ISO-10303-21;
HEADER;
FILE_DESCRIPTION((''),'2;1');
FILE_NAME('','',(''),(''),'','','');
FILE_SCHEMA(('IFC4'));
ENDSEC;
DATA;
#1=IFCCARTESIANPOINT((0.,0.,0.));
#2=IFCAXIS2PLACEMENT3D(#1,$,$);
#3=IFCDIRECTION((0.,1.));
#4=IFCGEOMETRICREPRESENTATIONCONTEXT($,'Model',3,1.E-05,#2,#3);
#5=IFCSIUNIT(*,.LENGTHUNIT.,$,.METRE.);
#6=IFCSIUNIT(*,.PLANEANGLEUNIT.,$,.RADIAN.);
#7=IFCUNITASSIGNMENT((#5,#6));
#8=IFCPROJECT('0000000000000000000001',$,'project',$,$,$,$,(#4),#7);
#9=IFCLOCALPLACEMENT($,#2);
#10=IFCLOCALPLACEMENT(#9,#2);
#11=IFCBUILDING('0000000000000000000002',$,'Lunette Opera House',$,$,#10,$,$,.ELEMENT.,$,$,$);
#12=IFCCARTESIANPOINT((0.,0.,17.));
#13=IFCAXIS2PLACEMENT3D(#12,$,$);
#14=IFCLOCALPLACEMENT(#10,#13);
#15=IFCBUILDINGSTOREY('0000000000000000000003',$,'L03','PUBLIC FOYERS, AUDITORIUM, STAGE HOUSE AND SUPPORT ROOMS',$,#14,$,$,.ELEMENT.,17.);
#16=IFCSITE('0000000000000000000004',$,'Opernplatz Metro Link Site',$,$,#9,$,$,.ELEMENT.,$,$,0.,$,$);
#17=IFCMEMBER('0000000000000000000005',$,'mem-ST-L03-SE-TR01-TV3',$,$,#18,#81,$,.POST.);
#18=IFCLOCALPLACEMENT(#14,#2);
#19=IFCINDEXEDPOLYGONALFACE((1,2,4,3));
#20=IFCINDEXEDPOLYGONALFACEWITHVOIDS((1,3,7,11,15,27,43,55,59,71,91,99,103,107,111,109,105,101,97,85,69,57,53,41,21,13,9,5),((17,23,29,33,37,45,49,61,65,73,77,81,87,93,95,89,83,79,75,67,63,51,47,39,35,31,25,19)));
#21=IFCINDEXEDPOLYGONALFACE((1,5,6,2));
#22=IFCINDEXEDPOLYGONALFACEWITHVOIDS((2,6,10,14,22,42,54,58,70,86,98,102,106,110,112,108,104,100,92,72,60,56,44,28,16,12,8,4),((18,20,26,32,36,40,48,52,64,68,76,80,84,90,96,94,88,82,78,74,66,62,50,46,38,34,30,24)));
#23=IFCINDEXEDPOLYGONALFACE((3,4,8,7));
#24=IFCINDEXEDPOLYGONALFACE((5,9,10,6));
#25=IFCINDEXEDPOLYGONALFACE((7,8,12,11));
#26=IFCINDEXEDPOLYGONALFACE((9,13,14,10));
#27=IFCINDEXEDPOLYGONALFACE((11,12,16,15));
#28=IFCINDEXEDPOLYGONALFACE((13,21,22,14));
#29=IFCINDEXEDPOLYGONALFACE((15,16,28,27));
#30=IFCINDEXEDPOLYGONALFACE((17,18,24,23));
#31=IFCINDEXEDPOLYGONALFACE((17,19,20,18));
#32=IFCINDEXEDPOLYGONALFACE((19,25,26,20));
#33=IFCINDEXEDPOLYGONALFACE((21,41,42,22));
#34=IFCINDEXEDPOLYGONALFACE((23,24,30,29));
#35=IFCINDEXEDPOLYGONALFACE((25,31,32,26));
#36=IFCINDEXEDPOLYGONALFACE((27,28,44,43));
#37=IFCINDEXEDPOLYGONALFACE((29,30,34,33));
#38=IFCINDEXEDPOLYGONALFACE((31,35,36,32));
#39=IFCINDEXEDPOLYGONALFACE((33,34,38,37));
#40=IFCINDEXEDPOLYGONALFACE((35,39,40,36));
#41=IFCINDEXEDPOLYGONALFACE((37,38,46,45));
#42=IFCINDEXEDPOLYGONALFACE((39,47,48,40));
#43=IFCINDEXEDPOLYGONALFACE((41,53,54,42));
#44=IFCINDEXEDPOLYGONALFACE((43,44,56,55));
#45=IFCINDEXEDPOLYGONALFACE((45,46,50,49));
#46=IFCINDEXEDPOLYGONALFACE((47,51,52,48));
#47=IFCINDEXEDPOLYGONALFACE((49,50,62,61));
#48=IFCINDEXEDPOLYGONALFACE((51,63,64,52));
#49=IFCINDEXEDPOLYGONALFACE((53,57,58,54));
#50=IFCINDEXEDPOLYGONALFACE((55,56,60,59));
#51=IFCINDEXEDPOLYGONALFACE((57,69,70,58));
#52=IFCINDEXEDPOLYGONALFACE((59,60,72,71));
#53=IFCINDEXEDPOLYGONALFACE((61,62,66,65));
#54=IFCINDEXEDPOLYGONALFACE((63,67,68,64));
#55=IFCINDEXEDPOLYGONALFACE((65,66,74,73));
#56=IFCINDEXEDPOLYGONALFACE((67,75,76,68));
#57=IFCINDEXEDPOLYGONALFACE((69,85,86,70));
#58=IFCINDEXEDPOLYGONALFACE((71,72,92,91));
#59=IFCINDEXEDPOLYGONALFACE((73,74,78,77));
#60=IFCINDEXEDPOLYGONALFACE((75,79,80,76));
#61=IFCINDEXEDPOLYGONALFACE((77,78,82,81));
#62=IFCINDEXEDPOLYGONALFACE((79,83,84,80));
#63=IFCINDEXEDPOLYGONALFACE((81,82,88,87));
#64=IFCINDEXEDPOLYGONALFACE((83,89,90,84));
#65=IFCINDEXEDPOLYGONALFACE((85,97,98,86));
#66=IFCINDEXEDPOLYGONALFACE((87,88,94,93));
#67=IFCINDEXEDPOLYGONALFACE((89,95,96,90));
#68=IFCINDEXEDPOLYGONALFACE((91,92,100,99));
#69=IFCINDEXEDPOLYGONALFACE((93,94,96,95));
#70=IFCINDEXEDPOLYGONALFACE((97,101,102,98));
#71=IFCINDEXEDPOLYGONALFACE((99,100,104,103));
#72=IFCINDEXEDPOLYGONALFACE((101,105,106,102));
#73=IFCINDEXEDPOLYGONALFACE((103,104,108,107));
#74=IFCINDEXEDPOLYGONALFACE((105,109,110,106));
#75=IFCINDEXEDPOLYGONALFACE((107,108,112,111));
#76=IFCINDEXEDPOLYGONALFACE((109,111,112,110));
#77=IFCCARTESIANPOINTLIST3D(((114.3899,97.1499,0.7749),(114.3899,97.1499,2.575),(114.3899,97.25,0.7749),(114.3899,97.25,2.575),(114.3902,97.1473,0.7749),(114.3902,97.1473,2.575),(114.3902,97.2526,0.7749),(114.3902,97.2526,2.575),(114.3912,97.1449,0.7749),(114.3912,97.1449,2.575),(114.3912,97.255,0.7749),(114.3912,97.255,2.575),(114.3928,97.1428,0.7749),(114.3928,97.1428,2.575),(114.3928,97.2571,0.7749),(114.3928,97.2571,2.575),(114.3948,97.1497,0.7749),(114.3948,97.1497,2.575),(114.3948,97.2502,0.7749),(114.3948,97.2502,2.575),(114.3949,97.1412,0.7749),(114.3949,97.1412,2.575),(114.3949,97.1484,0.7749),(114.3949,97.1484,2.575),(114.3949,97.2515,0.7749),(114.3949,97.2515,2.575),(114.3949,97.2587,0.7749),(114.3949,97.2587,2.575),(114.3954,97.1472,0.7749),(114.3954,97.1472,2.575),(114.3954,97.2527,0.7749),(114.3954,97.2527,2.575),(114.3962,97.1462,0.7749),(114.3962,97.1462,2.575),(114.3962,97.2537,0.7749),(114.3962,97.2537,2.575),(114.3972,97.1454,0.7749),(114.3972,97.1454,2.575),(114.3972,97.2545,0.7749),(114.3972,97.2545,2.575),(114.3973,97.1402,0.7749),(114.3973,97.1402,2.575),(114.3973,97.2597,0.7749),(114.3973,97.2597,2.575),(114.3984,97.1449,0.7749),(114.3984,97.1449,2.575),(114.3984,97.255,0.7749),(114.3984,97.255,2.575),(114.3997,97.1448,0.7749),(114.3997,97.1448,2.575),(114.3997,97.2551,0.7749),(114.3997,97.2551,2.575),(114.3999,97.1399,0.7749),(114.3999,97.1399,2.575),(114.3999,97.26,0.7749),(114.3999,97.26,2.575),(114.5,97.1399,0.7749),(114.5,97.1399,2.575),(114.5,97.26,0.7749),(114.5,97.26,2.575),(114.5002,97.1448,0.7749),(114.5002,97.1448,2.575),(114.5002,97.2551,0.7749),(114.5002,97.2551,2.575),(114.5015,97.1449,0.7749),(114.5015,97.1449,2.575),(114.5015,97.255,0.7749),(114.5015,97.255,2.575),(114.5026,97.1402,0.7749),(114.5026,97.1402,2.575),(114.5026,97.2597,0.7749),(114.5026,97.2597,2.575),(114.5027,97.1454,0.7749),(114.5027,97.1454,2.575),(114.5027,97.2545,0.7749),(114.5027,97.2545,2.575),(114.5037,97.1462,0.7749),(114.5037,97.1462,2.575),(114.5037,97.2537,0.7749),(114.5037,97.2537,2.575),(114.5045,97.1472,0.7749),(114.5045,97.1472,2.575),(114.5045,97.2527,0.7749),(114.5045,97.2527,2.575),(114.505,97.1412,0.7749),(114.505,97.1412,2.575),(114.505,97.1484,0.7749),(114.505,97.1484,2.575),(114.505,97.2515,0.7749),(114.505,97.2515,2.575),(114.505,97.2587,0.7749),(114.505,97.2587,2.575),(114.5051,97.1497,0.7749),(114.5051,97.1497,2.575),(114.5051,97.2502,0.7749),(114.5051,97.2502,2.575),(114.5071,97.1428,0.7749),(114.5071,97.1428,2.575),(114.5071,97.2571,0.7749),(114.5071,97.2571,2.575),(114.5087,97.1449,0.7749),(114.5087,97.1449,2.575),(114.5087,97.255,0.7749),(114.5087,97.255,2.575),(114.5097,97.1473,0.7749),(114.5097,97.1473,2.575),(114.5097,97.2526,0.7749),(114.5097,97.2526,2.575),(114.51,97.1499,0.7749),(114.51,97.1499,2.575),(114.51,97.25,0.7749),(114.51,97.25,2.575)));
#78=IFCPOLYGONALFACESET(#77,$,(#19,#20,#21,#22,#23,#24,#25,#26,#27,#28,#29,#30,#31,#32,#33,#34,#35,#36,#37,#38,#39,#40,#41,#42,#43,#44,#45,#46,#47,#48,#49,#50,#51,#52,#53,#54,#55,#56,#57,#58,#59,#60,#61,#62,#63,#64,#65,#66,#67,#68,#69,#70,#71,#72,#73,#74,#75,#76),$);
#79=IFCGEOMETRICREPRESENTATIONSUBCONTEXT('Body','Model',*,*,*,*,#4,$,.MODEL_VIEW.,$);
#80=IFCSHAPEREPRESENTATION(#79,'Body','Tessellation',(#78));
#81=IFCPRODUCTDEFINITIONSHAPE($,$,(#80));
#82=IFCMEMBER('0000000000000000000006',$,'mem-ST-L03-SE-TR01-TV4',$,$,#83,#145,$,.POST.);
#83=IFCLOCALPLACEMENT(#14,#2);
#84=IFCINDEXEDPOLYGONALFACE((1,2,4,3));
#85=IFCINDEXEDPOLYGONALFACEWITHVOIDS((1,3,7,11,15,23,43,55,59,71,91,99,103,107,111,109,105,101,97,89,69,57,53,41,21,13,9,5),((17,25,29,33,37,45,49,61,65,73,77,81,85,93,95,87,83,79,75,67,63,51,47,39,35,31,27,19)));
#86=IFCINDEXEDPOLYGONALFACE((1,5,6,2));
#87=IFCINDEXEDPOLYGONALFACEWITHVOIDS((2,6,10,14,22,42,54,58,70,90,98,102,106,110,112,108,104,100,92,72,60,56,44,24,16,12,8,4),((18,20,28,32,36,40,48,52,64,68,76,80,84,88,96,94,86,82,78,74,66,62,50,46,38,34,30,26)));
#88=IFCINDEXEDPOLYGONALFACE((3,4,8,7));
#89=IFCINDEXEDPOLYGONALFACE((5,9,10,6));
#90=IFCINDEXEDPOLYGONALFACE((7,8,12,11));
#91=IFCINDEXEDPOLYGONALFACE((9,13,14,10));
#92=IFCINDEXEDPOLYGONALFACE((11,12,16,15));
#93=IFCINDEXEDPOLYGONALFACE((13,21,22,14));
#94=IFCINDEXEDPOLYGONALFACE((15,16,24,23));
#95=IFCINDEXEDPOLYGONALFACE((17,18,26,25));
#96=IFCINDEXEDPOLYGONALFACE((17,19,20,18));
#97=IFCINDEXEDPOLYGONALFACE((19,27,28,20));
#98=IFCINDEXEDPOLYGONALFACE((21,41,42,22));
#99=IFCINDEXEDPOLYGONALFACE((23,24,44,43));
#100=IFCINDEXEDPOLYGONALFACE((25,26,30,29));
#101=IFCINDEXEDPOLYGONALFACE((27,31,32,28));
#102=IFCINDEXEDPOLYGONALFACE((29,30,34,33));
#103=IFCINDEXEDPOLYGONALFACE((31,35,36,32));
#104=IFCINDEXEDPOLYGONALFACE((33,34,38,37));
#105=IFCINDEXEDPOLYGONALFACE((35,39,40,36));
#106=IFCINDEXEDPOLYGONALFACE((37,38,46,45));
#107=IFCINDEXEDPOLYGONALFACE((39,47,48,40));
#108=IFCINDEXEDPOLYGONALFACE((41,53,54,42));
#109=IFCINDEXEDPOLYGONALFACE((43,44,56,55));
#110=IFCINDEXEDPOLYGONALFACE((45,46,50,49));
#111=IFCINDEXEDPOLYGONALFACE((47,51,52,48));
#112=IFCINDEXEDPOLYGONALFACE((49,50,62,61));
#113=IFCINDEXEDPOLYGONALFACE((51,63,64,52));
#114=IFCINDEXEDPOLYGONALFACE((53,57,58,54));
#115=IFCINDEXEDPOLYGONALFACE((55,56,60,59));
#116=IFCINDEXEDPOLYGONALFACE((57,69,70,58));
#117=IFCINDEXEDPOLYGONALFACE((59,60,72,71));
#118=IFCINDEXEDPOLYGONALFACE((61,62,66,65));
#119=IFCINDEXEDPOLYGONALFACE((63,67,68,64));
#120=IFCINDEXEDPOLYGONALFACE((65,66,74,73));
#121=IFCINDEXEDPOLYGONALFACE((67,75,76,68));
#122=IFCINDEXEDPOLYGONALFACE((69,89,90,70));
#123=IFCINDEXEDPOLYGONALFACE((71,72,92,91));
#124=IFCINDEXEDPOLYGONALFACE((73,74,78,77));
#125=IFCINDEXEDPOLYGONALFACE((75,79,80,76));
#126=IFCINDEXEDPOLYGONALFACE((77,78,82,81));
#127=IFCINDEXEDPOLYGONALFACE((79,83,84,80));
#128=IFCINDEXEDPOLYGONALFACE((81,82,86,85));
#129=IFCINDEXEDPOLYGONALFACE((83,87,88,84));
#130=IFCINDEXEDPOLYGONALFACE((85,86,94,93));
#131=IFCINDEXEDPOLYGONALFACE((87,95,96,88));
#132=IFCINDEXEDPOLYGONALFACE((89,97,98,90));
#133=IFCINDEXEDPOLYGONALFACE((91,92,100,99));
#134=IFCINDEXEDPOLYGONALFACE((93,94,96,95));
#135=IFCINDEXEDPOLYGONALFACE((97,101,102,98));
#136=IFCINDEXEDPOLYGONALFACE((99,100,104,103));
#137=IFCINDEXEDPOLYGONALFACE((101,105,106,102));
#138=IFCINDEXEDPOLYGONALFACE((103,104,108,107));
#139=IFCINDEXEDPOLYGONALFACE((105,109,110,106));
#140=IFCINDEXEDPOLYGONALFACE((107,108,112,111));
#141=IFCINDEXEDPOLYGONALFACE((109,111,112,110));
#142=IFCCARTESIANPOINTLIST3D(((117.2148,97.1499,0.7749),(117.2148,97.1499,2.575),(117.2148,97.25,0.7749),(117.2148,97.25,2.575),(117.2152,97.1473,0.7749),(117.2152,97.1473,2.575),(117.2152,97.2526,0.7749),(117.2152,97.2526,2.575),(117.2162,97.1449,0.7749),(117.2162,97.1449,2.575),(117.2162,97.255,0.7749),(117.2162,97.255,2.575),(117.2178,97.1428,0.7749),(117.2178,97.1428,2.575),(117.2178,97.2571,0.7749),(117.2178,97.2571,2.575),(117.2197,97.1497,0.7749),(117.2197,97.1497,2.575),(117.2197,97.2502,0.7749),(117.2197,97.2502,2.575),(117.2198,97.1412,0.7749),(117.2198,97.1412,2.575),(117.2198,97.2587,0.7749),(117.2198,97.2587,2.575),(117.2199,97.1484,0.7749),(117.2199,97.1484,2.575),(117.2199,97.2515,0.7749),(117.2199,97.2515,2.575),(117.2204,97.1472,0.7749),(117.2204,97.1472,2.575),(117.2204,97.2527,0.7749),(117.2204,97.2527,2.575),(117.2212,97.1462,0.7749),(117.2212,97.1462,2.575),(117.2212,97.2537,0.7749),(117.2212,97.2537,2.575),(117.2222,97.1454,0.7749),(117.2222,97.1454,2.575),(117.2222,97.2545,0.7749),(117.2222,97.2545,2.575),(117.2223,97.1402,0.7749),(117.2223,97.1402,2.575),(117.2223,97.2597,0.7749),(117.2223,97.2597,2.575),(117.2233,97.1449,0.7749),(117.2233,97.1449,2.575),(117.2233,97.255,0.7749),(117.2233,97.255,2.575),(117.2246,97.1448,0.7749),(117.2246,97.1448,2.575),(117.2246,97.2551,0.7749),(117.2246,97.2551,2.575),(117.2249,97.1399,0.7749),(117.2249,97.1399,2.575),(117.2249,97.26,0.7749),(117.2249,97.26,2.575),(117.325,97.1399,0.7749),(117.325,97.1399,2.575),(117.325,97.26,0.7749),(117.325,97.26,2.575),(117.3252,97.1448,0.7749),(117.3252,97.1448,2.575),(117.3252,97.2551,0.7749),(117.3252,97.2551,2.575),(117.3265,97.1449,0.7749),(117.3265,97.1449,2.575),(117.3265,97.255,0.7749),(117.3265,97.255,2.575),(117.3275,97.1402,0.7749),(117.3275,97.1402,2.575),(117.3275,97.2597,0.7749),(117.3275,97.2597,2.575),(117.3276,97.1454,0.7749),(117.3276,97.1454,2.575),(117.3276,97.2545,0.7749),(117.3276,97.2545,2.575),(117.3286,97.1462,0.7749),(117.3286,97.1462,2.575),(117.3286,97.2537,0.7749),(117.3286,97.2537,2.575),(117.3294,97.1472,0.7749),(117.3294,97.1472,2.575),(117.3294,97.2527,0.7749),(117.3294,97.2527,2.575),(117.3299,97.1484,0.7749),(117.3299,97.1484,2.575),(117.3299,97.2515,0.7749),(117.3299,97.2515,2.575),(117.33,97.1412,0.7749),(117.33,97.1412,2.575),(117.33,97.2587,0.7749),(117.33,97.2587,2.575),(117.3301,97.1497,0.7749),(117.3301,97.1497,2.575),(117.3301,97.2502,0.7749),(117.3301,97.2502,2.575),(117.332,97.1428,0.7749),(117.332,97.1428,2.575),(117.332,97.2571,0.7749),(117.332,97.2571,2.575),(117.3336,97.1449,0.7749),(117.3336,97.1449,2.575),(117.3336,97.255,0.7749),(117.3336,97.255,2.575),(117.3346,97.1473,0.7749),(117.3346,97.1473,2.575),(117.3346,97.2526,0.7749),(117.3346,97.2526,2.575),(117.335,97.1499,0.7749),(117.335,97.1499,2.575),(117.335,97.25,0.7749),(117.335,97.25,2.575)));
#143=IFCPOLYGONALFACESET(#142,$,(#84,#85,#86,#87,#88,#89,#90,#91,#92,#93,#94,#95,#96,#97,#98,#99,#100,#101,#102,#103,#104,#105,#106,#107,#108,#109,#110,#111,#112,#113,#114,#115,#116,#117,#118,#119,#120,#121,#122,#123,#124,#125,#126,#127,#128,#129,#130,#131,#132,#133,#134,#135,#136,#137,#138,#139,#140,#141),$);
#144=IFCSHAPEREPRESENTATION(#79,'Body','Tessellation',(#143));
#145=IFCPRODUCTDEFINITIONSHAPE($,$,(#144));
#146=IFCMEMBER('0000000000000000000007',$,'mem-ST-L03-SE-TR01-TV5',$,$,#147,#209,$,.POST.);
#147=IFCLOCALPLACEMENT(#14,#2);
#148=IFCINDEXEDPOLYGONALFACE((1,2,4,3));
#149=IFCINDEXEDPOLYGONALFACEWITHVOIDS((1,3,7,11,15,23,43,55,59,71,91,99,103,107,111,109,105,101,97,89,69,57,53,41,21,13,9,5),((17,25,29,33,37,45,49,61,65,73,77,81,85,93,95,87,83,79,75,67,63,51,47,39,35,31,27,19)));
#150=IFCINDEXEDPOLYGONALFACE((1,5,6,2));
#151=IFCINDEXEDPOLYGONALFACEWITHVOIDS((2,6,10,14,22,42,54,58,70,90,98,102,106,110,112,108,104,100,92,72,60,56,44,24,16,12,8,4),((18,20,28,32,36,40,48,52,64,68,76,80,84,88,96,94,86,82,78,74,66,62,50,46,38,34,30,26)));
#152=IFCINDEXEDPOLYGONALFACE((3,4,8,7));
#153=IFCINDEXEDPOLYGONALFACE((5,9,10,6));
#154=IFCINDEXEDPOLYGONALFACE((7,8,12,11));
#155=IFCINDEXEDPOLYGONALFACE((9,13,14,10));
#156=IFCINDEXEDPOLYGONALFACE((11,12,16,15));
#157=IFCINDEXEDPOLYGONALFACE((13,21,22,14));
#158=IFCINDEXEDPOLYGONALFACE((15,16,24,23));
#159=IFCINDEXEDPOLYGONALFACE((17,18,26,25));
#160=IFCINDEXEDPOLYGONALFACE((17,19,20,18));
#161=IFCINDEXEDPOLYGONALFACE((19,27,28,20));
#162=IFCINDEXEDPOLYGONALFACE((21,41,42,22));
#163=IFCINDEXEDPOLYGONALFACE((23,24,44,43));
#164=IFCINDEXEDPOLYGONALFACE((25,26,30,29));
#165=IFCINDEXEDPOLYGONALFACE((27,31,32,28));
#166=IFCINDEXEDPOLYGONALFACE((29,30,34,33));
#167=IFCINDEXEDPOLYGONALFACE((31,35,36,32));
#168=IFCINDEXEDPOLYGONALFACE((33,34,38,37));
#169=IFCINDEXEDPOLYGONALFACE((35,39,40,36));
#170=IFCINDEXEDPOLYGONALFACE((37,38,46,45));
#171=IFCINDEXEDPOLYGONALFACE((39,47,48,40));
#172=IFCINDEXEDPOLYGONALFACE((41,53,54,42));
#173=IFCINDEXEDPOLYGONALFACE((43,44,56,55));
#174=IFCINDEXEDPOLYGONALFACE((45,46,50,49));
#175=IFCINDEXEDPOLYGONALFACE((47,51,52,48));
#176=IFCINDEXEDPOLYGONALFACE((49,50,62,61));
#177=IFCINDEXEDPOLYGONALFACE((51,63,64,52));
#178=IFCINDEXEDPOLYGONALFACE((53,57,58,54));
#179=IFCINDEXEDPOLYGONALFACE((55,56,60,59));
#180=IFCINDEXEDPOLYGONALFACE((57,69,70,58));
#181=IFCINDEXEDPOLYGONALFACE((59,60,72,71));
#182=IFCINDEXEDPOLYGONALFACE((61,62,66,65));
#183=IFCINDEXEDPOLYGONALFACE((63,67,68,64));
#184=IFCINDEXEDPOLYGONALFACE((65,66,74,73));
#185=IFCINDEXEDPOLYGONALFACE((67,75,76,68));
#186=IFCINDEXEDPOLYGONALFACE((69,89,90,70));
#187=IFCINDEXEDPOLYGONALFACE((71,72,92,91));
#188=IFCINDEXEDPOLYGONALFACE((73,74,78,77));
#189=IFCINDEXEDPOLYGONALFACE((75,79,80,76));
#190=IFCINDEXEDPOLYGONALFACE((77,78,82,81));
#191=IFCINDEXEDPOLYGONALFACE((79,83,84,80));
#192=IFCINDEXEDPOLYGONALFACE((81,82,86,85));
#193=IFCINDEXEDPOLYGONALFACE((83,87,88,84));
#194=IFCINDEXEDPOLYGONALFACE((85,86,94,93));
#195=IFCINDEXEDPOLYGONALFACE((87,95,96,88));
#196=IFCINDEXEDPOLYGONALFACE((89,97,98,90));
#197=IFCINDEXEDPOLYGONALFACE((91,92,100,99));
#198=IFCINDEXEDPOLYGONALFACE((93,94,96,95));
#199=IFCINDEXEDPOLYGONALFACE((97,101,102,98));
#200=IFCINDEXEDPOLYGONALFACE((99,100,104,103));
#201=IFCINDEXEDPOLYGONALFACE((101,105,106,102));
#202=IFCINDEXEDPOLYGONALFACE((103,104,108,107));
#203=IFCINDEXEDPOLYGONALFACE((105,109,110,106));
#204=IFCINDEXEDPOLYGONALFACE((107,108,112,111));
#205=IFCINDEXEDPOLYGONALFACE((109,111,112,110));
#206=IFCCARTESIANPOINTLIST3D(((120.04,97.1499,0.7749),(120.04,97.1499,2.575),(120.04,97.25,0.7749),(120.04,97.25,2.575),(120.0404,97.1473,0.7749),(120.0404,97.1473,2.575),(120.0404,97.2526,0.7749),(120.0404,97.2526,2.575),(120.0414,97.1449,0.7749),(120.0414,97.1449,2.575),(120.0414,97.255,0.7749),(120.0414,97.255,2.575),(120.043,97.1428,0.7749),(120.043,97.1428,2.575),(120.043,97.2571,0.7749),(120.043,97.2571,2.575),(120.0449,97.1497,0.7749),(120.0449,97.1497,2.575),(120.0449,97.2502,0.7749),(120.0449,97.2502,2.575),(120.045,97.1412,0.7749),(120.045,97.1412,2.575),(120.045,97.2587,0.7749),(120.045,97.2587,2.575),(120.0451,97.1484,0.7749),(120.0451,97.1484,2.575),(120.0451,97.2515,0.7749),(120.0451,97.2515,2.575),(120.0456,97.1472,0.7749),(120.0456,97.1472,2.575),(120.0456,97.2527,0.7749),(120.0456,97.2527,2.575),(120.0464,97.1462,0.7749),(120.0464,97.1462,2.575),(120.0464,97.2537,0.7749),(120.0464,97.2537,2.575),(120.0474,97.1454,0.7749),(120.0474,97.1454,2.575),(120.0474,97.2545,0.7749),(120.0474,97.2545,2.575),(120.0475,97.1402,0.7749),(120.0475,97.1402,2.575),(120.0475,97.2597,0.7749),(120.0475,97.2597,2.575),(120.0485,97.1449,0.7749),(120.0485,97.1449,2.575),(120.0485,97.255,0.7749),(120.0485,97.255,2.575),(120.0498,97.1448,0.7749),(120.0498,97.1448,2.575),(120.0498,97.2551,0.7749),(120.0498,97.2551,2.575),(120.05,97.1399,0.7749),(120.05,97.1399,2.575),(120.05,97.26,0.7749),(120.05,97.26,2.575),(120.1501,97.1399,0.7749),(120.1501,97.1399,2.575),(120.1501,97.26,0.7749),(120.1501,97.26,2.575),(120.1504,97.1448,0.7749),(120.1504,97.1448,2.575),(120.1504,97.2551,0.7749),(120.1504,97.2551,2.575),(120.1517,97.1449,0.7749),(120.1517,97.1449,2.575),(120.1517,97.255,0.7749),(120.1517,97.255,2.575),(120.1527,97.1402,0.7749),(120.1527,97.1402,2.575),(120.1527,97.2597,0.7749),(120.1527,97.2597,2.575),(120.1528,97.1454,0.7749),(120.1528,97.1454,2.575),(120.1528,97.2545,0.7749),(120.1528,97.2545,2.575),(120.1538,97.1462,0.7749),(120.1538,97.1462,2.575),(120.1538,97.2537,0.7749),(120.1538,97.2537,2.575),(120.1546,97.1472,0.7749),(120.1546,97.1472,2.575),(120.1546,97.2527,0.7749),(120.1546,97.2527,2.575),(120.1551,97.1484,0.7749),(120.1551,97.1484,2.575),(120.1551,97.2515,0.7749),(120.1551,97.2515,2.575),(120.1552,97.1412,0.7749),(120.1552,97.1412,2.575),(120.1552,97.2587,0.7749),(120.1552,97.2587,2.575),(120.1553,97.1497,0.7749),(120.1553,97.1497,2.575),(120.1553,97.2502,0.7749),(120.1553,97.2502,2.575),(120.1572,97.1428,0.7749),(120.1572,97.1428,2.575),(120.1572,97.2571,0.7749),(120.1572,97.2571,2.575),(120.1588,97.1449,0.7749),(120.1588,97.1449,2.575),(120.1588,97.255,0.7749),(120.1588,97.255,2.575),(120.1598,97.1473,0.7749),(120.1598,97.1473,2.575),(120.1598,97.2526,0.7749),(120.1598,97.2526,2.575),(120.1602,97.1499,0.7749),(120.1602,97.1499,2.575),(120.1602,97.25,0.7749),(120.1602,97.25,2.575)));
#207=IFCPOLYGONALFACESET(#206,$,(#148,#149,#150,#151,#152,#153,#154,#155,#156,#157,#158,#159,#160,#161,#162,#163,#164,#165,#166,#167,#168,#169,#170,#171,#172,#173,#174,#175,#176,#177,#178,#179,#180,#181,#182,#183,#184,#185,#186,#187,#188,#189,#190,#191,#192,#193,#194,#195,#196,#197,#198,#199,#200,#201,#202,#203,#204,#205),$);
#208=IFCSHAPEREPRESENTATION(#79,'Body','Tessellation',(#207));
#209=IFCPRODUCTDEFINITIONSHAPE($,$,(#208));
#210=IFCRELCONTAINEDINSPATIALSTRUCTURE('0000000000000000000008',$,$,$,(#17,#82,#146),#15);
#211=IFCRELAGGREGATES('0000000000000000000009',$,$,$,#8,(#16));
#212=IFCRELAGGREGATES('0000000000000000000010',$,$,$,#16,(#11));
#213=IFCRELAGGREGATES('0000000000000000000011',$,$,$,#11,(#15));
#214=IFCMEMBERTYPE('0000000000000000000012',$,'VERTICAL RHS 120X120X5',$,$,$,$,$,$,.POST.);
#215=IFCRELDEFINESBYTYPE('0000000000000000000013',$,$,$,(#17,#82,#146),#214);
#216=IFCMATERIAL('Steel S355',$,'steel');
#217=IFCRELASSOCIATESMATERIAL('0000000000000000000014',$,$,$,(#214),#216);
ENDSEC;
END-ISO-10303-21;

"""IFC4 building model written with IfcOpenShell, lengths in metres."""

from ifc_helpers import new_model, si_unit, direction, frame, origin, origin_2d, place, context, subcontext, project, spatial, hollow_rectangle, extrude, material, material_profile, profile_set, type_object, element, save


model = new_model("IFC4")

# Units and contexts
model_context = context("Model", 3, precision=1e-05, world=origin(), true_north=direction((0.0, 1.0)))
body_context = subcontext(model_context, "Body", "Model", "MODEL_VIEW")
ifc_project = project(units=[si_unit("LENGTHUNIT", "METRE"), si_unit("PLANEANGLEUNIT", "RADIAN")], contexts=[model_context])

# Site, building, storey
site_placement = place(None, origin())
site = spatial("IfcSite", under=ifc_project, at=site_placement, Name="Opernplatz Metro Link Site", CompositionType="ELEMENT", RefElevation=0.0)
building_placement = place(site_placement, origin())
building = spatial("IfcBuilding", under=site, at=building_placement, Name="Lunette Opera House", CompositionType="ELEMENT")
storey_placement = place(building_placement, frame((0.0, 0.0, 17.0)))
storey = spatial("IfcBuildingStorey", under=building, at=storey_placement, Name="L03", Description="PUBLIC FOYERS, AUDITORIUM, STAGE HOUSE AND SUPPORT ROOMS", CompositionType="ELEMENT", Elevation=17.0)

# Members
ifc_material_1 = material(Name="Steel S355", Category="steel")
ifc_material_profile_1 = material_profile(ifc_material_1, hollow_rectangle(XDim=0.1201, YDim=0.1201, WallThickness=0.0049, InnerFilletRadius=0.0049, OuterFilletRadius=0.01, at=origin_2d()), Name="RHS 120X120X5")
ifc_profile_set_1 = profile_set([ifc_material_profile_1], Name="Steel S355")
member_type_1 = type_object("IfcMemberType", Name="VERTICAL RHS 120X120X5", PredefinedType="POST", material=ifc_profile_set_1)
for number, where, z_axis, x_axis, name in (
    (1, (114.45, 97.2, 0.7749), (0.0, 0.0, 1.0), (1.0, 0.0, 0.0), "mem-ST-L03-SE-TR01-TV3"),
    (2, (117.2749, 97.2, 0.7749), (0.0, 0.0, 1.0), (1.0, 0.0, 0.0), "mem-ST-L03-SE-TR01-TV4"),
    (3, (120.1001, 97.2, 0.7749), (0.0, 0.0, 1.0), (1.0, 0.0, 0.0), "mem-ST-L03-SE-TR01-TV5"),
):
    element("IfcMember", number, at=place(storey_placement, frame(where, z_axis=z_axis, x_axis=x_axis)), inside=storey, type_object=member_type_1, Name=name, PredefinedType="POST", context=body_context, shape_type="SweptSolid", body=[
        extrude(hollow_rectangle(XDim=0.1201, YDim=0.1201, WallThickness=0.0049, InnerFilletRadius=0.0049, OuterFilletRadius=0.01, at=origin_2d()), origin(), (0.0, 0.0, 1.0), 1.8),
    ])

save(model, "model.ifc")
